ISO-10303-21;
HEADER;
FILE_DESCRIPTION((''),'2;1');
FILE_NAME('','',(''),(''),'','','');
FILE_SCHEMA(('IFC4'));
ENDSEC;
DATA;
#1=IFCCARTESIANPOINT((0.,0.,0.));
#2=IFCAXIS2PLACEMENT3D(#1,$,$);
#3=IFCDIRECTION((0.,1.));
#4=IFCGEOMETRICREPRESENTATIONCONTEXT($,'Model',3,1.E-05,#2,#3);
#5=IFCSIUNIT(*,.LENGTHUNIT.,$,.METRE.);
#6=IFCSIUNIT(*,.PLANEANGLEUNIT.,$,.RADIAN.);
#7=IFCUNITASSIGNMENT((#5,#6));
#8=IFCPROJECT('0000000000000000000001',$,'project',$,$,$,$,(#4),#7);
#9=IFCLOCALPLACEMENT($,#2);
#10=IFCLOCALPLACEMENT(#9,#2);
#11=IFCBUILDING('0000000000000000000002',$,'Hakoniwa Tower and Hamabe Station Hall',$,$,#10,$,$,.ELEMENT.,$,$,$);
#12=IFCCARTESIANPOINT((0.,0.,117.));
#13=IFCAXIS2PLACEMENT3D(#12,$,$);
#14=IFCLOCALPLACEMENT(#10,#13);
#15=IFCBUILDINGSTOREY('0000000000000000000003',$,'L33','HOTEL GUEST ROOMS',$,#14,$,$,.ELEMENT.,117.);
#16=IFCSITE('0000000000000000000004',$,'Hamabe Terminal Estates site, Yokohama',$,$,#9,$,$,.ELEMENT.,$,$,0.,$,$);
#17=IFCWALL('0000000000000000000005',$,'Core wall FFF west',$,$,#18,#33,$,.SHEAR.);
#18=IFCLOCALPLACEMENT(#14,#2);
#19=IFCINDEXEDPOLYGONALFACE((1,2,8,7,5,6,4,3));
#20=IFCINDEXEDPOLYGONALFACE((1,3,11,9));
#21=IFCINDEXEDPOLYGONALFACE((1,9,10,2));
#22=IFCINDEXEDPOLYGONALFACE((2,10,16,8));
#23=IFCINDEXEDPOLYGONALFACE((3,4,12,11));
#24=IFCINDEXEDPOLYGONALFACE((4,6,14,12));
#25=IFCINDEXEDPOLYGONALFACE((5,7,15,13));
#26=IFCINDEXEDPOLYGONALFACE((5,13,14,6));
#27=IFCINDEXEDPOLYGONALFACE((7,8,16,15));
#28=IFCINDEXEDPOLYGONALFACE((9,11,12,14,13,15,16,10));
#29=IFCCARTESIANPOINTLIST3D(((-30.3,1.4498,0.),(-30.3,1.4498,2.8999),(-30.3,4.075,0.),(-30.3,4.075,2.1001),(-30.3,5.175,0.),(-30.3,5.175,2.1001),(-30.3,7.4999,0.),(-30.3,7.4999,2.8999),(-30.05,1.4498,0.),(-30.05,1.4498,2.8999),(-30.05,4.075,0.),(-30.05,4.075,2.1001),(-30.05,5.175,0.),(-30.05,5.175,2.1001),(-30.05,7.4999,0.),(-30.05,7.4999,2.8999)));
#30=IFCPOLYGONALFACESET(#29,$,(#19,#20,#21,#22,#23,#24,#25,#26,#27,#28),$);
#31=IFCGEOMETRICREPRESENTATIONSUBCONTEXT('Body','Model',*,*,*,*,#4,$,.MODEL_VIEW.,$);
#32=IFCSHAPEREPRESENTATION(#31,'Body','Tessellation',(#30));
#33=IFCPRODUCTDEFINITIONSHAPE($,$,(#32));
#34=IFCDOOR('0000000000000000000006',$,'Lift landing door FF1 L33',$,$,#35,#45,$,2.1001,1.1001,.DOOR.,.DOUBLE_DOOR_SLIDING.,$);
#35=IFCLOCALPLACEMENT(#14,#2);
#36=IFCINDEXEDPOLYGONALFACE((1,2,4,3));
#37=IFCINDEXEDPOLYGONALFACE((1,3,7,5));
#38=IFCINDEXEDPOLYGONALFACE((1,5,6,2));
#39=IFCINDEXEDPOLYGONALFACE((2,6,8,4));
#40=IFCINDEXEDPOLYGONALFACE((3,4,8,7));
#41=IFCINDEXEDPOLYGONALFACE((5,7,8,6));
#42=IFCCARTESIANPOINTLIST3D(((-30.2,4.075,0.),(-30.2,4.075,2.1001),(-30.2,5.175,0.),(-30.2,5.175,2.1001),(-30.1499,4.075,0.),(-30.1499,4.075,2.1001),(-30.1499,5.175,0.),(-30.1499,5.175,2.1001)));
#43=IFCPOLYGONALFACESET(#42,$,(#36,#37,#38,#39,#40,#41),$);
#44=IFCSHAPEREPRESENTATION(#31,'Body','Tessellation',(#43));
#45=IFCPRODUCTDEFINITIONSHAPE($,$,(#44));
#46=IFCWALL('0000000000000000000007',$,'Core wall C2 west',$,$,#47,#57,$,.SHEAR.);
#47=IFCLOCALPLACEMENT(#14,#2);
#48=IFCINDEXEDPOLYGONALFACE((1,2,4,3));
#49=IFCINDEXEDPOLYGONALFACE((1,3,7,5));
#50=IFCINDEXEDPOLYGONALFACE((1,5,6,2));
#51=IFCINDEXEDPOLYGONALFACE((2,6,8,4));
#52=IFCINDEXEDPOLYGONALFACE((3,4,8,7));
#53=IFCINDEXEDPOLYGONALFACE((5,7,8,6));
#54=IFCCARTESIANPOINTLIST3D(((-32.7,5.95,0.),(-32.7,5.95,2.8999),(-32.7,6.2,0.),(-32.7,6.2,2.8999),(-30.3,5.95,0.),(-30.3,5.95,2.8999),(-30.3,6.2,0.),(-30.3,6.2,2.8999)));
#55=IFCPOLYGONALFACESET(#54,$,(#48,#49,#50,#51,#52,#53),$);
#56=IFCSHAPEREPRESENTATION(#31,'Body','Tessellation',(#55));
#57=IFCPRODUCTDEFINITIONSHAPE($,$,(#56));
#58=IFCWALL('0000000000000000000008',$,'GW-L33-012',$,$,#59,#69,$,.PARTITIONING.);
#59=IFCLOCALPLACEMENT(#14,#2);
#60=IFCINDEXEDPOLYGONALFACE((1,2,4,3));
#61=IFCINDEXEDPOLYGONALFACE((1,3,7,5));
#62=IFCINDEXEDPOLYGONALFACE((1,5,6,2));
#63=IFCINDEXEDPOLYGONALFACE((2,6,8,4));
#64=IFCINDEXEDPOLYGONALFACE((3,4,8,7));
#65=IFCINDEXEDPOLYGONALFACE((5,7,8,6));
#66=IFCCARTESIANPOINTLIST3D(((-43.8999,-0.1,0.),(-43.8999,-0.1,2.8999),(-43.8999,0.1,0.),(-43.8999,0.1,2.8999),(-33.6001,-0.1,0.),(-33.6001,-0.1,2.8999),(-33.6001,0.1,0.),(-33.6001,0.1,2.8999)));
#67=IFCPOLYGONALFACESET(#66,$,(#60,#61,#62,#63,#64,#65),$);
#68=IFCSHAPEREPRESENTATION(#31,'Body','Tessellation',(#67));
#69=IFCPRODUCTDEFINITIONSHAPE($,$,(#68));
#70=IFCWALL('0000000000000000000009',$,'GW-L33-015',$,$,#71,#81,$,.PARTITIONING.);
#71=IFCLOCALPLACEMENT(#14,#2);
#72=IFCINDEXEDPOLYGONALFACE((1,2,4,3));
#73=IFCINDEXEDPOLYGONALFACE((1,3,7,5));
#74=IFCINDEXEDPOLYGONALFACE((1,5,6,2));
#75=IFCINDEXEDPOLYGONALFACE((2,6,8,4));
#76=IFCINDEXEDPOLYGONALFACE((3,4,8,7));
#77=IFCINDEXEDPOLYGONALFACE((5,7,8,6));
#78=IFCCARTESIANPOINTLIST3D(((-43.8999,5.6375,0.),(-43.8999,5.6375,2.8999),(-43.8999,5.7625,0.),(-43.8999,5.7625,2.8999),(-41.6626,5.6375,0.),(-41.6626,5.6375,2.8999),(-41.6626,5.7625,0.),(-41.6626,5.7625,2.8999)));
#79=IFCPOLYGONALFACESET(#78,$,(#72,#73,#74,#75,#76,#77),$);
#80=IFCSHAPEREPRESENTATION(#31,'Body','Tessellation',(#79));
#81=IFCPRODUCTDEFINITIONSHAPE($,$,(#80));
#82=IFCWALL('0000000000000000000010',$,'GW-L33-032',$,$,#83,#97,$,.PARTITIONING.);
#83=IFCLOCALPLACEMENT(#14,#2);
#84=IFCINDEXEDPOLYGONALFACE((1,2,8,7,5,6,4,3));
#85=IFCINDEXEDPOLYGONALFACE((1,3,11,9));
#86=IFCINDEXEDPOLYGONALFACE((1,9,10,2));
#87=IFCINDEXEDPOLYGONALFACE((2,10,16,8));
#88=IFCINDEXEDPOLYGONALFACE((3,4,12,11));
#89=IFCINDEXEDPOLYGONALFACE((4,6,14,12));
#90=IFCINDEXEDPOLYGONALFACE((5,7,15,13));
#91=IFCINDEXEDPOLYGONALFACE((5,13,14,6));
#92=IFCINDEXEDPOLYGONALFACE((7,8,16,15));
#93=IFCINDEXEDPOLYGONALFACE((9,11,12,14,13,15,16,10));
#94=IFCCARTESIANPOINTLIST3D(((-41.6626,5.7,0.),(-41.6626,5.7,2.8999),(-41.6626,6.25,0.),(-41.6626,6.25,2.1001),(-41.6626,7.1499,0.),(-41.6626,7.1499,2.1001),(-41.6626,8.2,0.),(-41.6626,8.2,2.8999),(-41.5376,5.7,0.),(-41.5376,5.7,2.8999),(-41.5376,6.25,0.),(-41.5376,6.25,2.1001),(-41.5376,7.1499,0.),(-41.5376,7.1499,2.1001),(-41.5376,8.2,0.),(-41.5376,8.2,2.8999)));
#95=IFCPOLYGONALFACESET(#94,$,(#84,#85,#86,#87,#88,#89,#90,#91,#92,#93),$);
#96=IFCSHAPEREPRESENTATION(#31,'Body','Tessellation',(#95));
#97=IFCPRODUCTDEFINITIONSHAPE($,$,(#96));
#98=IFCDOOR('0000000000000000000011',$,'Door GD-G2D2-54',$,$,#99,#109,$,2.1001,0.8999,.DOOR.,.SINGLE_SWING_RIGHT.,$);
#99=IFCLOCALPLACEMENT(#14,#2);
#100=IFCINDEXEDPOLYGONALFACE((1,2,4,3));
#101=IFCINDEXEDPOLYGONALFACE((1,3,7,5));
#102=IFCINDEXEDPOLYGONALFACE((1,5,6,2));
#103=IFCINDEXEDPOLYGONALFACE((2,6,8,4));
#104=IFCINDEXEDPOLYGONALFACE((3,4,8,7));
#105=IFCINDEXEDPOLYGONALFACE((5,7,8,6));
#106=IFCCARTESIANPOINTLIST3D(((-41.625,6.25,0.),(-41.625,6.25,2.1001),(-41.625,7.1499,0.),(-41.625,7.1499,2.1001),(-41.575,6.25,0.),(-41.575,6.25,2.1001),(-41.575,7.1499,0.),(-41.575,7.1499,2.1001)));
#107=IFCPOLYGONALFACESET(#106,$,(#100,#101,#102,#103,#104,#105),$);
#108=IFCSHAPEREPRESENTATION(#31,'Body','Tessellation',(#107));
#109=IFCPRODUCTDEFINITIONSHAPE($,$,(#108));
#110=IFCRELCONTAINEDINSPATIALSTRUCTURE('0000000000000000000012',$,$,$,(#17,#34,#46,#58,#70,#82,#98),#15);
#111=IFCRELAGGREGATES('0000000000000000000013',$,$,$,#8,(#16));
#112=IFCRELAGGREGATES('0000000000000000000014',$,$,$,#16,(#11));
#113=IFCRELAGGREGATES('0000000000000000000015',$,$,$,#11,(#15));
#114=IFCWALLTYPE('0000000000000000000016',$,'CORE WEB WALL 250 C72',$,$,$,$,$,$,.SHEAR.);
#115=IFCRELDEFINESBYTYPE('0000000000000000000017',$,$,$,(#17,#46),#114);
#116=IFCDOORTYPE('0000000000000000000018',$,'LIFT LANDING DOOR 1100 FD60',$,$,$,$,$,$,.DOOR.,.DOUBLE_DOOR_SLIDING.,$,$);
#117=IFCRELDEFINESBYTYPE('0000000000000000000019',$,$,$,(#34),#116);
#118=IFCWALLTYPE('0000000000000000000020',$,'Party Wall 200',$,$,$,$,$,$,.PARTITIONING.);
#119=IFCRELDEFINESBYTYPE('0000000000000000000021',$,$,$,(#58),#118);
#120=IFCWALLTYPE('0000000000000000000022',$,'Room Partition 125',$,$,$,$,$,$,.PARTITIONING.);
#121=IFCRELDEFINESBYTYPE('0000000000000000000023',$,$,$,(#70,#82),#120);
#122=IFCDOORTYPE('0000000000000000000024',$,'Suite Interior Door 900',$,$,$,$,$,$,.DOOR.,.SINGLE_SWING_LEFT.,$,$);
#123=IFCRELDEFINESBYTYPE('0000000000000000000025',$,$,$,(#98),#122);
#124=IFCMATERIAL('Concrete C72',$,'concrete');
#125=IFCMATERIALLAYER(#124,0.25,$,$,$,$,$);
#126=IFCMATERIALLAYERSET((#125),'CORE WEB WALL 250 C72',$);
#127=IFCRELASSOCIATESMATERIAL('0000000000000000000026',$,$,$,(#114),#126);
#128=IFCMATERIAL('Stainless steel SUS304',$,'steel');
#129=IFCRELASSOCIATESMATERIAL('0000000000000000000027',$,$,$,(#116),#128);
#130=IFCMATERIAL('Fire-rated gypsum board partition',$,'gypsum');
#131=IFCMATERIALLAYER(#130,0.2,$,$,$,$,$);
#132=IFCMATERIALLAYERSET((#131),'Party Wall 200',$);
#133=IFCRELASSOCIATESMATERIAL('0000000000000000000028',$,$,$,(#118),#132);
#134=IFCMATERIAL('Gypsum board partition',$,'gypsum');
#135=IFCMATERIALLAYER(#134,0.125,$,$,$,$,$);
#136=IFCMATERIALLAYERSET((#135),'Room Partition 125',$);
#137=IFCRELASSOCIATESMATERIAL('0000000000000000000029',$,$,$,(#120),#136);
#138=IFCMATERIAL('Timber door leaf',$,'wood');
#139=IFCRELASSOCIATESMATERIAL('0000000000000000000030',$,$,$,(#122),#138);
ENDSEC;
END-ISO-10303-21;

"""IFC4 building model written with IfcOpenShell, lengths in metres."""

from ifc_helpers import new_model, si_unit, direction, frame, frame_2d, origin, place, context, subcontext, project, spatial, rectangle, extrude, material, layer, layer_set, type_object, element, fill, save


model = new_model("IFC4")

# Units and contexts
model_context = context("Model", 3, precision=1e-05, world=origin(), true_north=direction((0.0, 1.0)))
body_context = subcontext(model_context, "Body", "Model", "MODEL_VIEW")
ifc_project = project(units=[si_unit("LENGTHUNIT", "METRE"), si_unit("PLANEANGLEUNIT", "RADIAN")], contexts=[model_context])

# Site, building, storey
site_placement = place(None, origin())
site = spatial("IfcSite", under=ifc_project, at=site_placement, Name="Hamabe Terminal Estates site, Yokohama", CompositionType="ELEMENT", RefElevation=0.0)
building_placement = place(site_placement, origin())
building = spatial("IfcBuilding", under=site, at=building_placement, Name="Hakoniwa Tower and Hamabe Station Hall", CompositionType="ELEMENT")
storey_placement = place(building_placement, frame((0.0, 0.0, 117.0)))
storey = spatial("IfcBuildingStorey", under=building, at=storey_placement, Name="L33", Description="HOTEL GUEST ROOMS", CompositionType="ELEMENT", Elevation=117.0)

# Shared definitions
ifc_material_1 = material(Name="Concrete C72", Category="concrete")
ifc_layer_1 = layer(ifc_material_1, 0.25)
ifc_layer_set_1 = layer_set([ifc_layer_1], Name="CORE WEB WALL 250 C72")
wall_type_1 = type_object("IfcWallType", Name="CORE WEB WALL 250 C72", PredefinedType="SHEAR", material=ifc_layer_set_1)
ifc_material_2 = material(Name="Stainless steel SUS304", Category="steel")
door_type_1 = type_object("IfcDoorType", Name="LIFT LANDING DOOR 1100 FD60", OperationType="DOUBLE_DOOR_SLIDING", PredefinedType="DOOR", material=ifc_material_2)

# Wall, opening, door
wall_1_placement = place(storey_placement, frame((-30.175, 1.45, 0.0), z_axis=(0.0, 0.0, 1.0), x_axis=(0.0, 1.0, 0.0)))
wall_1 = element("IfcWall", 1, at=wall_1_placement, inside=storey, type_object=wall_type_1, Name="Core wall FFF west", PredefinedType="SHEAR", context=body_context, shape_type="SweptSolid", body=[
    extrude(rectangle(XDim=6.05, YDim=0.25, at=frame_2d((3.0249, 0.0))), origin(), (0.0, 0.0, 1.0), 2.8999),
])
opening_1_placement = place(wall_1_placement, frame((2.625, 0.0, 0.0)))
opening_1 = element("IfcOpeningElement", 2, at=opening_1_placement, cuts=wall_1, PredefinedType="OPENING", context=body_context, shape_type="SweptSolid", body=[
    extrude(rectangle(XDim=1.1001, YDim=2.1001, at=frame_2d((0.55, 1.05))), frame((0.0, 0.135, 0.0), z_axis=(0.0, -1.0, 0.0), x_axis=(1.0, 0.0, 0.0)), (0.0, 0.0, 1.0), 0.27),
])
door_1_placement = place(opening_1_placement, origin())
door_1 = element("IfcDoor", 3, at=door_1_placement, inside=storey, type_object=door_type_1, Name="Lift landing door FF1 L33", OperationType="DOUBLE_DOOR_SLIDING", OverallHeight=2.1001, OverallWidth=1.1001, PredefinedType="DOOR", context=body_context, shape_type="SweptSolid", body=[
    extrude(rectangle(XDim=1.1001, YDim=2.1001, at=frame_2d((0.55, 1.05))), frame((0.0, 0.0249, 0.0), z_axis=(0.0, -1.0, 0.0), x_axis=(1.0, 0.0, 0.0)), (0.0, 0.0, 1.0), 0.05),
])
fill(opening_1, door_1)

# Walls
wall_2_placement = place(storey_placement, frame((-32.7, 6.075, 0.0), z_axis=(0.0, 0.0, 1.0), x_axis=(1.0, 0.0, 0.0)))
element("IfcWall", 4, at=wall_2_placement, inside=storey, type_object=wall_type_1, Name="Core wall C2 west", PredefinedType="SHEAR", context=body_context, shape_type="SweptSolid", body=[
    extrude(rectangle(XDim=2.3999, YDim=0.25, at=frame_2d((1.2, 0.0))), origin(), (0.0, 0.0, 1.0), 2.8999),
])
ifc_material_3 = material(Name="Fire-rated gypsum board partition", Category="gypsum")
ifc_layer_2 = layer(ifc_material_3, 0.2)
ifc_layer_set_2 = layer_set([ifc_layer_2], Name="Party Wall 200")
wall_type_2 = type_object("IfcWallType", Name="Party Wall 200", PredefinedType="PARTITIONING", material=ifc_layer_set_2)
wall_3_placement = place(storey_placement, frame((-43.8999, 0.0, 0.0), z_axis=(0.0, 0.0, 1.0), x_axis=(1.0, 0.0, 0.0)))
element("IfcWall", 5, at=wall_3_placement, inside=storey, type_object=wall_type_2, Name="GW-L33-012", PredefinedType="PARTITIONING", context=body_context, shape_type="SweptSolid", body=[
    extrude(rectangle(XDim=10.2998, YDim=0.2, at=frame_2d((5.1499, 0.0))), origin(), (0.0, 0.0, 1.0), 2.8999),
])
ifc_material_4 = material(Name="Gypsum board partition", Category="gypsum")
ifc_layer_3 = layer(ifc_material_4, 0.125)
ifc_layer_set_3 = layer_set([ifc_layer_3], Name="Room Partition 125")
wall_type_3 = type_object("IfcWallType", Name="Room Partition 125", PredefinedType="PARTITIONING", material=ifc_layer_set_3)
wall_4_placement = place(storey_placement, frame((-43.8999, 5.7, 0.0), z_axis=(0.0, 0.0, 1.0), x_axis=(1.0, 0.0, 0.0)))
element("IfcWall", 6, at=wall_4_placement, inside=storey, type_object=wall_type_3, Name="GW-L33-015", PredefinedType="PARTITIONING", context=body_context, shape_type="SweptSolid", body=[
    extrude(rectangle(XDim=2.2373, YDim=0.125, at=frame_2d((1.1187, 0.0))), origin(), (0.0, 0.0, 1.0), 2.8999),
])

# Wall, opening, door
wall_5_placement = place(storey_placement, frame((-41.6001, 5.7, 0.0), z_axis=(0.0, 0.0, 1.0), x_axis=(0.0, 1.0, 0.0)))
wall_5 = element("IfcWall", 7, at=wall_5_placement, inside=storey, type_object=wall_type_3, Name="GW-L33-032", PredefinedType="PARTITIONING", context=body_context, shape_type="SweptSolid", body=[
    extrude(rectangle(XDim=2.5, YDim=0.125, at=frame_2d((1.25, 0.0))), origin(), (0.0, 0.0, 1.0), 2.8999),
])
opening_2_placement = place(wall_5_placement, frame((0.55, 0.0, 0.0)))
opening_2 = element("IfcOpeningElement", 8, at=opening_2_placement, cuts=wall_5, PredefinedType="OPENING", context=body_context, shape_type="SweptSolid", body=[
    extrude(rectangle(XDim=0.8999, YDim=2.1001, at=frame_2d((0.45, 1.05))), frame((0.0, 0.0725, 0.0), z_axis=(0.0, -1.0, 0.0), x_axis=(1.0, 0.0, 0.0)), (0.0, 0.0, 1.0), 0.145),
])
ifc_material_5 = material(Name="Timber door leaf", Category="wood")
door_type_2 = type_object("IfcDoorType", Name="Suite Interior Door 900", OperationType="SINGLE_SWING_LEFT", PredefinedType="DOOR", material=ifc_material_5)
door_2_placement = place(opening_2_placement, origin())
door_2 = element("IfcDoor", 9, at=door_2_placement, inside=storey, type_object=door_type_2, Name="Door GD-G2D2-54", OperationType="SINGLE_SWING_RIGHT", OverallHeight=2.1001, OverallWidth=0.8999, PredefinedType="DOOR", context=body_context, shape_type="SweptSolid", body=[
    extrude(rectangle(XDim=0.8999, YDim=2.1001, at=frame_2d((0.45, 1.05))), frame((0.0, 0.0249, 0.0), z_axis=(0.0, -1.0, 0.0), x_axis=(1.0, 0.0, 0.0)), (0.0, 0.0, 1.0), 0.05),
])
fill(opening_2, door_2)

save(model, "model.ifc")
